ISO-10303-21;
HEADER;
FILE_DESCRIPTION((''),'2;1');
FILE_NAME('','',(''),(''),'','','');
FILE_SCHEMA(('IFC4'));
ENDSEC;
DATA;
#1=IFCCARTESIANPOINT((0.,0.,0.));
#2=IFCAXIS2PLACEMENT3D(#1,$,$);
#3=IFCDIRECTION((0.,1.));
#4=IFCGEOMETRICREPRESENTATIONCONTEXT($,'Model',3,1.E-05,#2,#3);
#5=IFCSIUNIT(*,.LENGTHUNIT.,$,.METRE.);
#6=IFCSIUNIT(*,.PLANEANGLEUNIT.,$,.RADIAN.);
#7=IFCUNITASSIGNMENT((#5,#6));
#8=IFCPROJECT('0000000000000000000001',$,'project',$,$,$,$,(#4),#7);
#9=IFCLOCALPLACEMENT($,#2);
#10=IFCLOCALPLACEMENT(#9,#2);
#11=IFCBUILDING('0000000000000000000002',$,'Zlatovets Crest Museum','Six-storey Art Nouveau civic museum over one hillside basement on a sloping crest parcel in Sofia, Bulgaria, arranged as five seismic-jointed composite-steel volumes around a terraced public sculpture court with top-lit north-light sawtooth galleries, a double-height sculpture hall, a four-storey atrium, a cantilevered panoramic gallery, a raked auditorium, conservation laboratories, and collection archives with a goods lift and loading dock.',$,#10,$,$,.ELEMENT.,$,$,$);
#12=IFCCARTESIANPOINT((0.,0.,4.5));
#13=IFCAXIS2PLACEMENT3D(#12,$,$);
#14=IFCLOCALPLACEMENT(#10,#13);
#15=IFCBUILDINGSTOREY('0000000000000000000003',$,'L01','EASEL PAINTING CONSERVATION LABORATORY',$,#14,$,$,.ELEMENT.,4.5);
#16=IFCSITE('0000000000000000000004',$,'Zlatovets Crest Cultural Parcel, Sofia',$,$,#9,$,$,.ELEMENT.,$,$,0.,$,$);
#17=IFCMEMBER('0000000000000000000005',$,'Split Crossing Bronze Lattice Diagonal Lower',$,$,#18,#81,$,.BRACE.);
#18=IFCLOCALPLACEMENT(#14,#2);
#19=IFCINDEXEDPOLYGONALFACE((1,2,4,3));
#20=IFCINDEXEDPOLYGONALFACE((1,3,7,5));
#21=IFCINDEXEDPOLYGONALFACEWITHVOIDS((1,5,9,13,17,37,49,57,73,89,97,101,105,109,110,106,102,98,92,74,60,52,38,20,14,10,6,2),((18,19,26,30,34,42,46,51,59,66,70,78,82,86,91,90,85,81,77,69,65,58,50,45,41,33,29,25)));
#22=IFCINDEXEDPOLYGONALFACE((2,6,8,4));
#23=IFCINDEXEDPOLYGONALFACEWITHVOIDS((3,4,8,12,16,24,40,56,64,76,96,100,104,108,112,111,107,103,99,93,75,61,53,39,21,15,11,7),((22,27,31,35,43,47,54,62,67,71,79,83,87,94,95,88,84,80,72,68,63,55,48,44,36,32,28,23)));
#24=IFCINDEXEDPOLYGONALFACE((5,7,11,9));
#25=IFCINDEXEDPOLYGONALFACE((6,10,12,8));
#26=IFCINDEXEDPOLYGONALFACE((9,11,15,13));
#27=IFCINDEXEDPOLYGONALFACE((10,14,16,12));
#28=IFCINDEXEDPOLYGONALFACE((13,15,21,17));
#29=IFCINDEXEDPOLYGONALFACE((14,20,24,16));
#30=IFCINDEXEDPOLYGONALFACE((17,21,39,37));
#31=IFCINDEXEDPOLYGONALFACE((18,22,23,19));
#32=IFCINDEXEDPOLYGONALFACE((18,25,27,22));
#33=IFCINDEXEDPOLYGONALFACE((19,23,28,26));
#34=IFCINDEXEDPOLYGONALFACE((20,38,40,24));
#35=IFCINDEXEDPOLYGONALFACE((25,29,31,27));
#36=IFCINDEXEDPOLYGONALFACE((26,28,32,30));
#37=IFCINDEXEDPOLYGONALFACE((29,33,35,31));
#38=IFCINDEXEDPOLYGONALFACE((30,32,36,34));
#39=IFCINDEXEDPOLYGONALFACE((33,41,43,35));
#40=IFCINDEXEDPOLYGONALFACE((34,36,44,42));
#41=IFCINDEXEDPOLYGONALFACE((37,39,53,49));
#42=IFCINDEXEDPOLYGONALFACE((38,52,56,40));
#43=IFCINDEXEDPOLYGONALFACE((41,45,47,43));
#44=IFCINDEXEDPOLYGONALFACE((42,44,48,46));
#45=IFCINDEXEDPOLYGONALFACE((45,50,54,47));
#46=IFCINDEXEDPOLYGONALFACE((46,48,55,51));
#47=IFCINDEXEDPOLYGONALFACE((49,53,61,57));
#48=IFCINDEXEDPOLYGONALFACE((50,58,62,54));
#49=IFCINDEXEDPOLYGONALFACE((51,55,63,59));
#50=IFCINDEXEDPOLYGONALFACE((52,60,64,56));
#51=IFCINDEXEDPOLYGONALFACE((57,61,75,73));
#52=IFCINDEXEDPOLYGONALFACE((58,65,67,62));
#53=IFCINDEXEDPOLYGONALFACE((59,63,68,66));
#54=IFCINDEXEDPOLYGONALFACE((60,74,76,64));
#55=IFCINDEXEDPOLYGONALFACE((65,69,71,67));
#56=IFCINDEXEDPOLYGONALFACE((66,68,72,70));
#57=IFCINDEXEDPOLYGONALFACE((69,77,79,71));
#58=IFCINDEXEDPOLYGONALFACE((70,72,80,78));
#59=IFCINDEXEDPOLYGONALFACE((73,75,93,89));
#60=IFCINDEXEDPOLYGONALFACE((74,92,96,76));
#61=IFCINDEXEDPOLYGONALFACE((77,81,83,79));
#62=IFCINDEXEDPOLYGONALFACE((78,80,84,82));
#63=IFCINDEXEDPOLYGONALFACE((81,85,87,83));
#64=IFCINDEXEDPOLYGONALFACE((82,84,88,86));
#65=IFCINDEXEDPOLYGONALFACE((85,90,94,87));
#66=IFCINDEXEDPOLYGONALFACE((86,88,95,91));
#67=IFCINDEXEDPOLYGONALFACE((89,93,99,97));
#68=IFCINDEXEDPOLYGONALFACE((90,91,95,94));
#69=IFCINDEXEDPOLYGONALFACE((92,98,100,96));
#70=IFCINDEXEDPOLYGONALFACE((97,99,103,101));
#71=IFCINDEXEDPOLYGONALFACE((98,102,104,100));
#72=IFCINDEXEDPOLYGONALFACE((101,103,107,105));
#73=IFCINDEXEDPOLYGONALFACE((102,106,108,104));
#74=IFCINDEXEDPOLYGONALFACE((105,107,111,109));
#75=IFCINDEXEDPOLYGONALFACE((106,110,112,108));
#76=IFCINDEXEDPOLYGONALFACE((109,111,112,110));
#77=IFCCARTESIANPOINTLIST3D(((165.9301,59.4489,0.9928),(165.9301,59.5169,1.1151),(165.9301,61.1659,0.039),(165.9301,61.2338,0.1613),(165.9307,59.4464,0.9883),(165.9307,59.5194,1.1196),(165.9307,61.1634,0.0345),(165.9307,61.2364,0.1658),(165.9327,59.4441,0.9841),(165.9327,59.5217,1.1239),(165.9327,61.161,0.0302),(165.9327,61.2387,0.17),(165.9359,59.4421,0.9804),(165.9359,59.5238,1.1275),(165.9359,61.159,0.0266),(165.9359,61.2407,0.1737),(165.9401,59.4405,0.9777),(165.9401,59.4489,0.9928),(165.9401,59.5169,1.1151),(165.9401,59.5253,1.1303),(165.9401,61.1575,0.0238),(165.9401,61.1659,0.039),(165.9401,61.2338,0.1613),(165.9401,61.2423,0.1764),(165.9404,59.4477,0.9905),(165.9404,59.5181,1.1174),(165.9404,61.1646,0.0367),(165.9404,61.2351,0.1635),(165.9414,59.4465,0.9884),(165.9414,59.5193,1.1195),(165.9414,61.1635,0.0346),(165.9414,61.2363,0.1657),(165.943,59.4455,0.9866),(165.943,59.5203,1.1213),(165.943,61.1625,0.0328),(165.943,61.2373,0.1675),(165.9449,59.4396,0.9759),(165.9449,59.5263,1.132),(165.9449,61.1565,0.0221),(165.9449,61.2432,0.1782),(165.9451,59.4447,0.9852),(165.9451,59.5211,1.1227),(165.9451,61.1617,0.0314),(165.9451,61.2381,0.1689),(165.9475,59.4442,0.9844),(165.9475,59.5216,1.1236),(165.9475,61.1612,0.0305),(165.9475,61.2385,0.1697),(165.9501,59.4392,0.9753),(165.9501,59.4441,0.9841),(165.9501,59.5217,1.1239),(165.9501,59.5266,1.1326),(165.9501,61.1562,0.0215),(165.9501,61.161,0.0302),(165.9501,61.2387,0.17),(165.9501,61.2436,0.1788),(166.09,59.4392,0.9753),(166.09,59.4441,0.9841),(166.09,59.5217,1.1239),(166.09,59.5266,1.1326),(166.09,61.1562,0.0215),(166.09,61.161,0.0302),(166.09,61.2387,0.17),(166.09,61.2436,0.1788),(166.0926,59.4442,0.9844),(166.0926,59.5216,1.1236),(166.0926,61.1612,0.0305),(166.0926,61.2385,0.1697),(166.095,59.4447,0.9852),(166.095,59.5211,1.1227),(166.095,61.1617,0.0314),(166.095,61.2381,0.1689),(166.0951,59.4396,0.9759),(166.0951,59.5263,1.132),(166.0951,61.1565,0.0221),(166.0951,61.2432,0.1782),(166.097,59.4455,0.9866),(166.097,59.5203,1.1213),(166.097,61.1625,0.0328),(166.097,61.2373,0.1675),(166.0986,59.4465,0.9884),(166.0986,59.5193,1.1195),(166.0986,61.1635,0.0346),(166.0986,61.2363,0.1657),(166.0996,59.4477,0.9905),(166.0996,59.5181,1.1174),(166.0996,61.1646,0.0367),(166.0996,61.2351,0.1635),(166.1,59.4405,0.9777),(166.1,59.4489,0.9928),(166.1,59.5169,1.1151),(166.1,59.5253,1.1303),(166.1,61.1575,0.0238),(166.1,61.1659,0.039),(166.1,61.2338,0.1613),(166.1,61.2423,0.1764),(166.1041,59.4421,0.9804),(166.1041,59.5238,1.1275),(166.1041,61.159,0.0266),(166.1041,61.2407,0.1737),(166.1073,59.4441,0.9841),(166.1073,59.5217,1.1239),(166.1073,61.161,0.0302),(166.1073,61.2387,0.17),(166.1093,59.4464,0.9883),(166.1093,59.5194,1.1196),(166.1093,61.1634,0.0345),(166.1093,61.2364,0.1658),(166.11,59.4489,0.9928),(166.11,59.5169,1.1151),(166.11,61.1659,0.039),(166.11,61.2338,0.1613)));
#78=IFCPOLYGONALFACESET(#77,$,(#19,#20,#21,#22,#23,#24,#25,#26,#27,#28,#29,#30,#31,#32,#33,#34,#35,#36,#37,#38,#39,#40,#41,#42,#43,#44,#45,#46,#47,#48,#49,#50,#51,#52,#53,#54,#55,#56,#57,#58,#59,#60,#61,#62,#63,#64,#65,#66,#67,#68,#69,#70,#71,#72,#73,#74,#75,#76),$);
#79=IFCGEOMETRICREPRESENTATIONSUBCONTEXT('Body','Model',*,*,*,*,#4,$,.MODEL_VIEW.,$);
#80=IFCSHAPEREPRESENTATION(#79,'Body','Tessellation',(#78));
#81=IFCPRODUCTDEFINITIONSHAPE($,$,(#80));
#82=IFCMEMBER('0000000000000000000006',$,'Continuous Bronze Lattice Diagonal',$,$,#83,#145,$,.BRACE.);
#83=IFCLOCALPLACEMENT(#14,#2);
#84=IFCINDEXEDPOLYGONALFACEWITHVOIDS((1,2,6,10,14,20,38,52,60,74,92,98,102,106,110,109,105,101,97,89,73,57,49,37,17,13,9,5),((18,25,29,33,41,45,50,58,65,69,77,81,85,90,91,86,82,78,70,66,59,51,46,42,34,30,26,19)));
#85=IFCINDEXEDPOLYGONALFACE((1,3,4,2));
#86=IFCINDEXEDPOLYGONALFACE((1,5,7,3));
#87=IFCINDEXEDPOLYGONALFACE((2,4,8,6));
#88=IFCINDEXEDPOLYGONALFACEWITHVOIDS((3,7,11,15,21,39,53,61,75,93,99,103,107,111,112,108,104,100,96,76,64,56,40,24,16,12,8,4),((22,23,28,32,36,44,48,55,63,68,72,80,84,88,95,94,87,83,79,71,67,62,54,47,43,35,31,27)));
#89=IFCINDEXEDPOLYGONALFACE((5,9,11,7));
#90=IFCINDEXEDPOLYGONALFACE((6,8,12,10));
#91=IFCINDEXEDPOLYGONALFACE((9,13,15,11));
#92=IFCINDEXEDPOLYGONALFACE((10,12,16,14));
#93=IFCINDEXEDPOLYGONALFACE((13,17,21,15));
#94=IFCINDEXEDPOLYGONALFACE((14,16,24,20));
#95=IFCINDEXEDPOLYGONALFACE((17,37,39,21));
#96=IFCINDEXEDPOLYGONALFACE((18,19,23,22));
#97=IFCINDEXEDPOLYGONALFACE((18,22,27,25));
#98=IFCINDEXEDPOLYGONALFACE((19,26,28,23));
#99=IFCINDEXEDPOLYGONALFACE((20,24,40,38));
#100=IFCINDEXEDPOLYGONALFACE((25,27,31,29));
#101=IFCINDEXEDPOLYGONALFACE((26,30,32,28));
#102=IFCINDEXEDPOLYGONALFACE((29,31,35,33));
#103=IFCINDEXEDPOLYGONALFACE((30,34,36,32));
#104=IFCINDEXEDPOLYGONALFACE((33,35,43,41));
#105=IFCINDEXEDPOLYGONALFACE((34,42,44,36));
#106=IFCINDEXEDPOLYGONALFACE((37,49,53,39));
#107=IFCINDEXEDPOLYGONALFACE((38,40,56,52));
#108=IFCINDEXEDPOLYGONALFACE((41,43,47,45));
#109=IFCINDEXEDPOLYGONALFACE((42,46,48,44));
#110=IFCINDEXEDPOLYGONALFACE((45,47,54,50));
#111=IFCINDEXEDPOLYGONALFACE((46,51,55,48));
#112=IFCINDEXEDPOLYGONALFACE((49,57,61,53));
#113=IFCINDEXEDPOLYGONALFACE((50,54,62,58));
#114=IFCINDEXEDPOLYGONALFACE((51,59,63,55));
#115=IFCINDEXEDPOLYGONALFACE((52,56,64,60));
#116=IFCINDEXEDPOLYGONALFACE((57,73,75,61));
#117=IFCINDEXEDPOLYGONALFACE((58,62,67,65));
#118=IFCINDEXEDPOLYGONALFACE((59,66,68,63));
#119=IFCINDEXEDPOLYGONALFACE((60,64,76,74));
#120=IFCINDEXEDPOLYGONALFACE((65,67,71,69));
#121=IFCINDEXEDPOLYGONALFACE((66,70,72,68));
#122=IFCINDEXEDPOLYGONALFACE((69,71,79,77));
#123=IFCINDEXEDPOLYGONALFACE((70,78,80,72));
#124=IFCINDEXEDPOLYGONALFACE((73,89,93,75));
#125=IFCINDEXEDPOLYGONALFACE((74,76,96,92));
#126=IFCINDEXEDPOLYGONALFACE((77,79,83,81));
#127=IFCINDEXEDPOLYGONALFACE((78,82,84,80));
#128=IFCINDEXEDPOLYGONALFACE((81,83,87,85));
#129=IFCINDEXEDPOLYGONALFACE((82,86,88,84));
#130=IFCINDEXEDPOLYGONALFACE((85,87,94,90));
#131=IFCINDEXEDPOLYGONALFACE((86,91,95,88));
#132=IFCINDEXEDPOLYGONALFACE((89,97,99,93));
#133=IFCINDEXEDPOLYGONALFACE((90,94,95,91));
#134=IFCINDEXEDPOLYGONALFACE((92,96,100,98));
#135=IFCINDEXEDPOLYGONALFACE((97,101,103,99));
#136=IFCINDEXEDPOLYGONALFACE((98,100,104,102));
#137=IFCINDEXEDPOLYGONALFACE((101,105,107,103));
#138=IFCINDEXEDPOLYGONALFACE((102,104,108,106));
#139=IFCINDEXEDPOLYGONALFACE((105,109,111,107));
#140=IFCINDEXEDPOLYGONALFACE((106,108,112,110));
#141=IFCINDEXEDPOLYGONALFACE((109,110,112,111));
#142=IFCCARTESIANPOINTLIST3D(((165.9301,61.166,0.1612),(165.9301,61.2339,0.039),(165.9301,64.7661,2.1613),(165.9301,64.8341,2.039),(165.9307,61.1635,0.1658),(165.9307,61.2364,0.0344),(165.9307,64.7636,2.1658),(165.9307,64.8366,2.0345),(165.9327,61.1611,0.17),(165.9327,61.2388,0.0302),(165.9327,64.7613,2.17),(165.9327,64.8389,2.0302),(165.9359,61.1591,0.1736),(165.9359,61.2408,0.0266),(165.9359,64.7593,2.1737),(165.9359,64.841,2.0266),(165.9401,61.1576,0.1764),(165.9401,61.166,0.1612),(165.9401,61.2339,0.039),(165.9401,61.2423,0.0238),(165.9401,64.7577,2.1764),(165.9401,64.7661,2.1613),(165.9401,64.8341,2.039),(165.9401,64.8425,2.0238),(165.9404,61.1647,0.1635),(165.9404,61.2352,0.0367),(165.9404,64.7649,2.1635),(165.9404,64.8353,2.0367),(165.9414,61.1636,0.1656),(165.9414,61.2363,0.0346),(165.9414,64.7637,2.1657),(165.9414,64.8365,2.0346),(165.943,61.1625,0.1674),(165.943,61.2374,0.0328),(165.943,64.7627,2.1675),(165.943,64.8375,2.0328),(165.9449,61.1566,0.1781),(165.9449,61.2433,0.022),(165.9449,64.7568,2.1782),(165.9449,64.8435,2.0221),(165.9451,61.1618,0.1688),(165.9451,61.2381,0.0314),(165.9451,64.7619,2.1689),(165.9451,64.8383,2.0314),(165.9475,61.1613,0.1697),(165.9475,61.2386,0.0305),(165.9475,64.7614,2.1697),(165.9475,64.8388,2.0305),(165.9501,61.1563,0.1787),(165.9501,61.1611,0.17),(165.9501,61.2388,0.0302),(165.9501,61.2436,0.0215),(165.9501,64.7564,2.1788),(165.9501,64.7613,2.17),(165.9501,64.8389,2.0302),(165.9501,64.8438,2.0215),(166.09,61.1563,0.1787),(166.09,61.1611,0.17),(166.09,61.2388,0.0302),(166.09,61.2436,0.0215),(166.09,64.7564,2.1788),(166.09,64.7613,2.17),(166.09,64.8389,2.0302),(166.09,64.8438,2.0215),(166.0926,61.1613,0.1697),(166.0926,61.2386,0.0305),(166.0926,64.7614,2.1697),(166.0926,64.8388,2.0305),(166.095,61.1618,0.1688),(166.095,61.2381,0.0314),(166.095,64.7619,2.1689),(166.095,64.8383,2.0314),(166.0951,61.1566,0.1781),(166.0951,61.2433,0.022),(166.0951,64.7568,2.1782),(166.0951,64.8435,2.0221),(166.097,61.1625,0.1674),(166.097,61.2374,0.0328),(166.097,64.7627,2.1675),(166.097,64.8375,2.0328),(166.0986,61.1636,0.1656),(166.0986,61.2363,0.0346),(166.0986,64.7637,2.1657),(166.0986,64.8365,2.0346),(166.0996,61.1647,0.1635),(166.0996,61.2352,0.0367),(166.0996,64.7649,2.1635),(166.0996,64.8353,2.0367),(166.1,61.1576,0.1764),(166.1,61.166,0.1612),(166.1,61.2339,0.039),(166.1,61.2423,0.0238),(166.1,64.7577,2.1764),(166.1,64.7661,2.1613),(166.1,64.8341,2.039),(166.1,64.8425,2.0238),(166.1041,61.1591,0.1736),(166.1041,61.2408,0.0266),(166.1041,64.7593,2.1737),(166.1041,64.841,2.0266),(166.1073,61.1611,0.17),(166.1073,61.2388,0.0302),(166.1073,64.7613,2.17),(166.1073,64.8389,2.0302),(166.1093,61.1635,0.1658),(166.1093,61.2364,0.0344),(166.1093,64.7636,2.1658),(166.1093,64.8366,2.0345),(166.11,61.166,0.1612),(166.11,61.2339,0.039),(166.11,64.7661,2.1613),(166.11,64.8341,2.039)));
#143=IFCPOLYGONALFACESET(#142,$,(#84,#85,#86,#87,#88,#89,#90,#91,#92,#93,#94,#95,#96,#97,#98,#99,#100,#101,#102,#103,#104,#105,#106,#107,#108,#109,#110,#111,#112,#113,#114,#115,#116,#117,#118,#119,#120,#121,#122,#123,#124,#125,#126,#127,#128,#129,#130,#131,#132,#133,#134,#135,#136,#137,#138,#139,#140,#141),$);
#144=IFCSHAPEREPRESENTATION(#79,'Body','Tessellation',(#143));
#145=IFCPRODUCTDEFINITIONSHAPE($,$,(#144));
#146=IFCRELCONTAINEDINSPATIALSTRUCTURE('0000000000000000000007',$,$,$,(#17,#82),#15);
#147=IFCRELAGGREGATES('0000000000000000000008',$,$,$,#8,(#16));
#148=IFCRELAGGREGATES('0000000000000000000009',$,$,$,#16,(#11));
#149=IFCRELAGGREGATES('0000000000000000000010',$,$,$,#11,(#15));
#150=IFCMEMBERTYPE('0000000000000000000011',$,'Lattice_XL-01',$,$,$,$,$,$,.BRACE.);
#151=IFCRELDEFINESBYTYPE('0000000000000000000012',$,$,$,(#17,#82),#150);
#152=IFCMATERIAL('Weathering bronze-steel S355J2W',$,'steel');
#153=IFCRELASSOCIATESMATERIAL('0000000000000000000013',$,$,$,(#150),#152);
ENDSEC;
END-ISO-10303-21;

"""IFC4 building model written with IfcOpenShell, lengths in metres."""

from ifc_helpers import new_model, si_unit, direction, frame, origin, origin_2d, place, context, subcontext, project, spatial, hollow_rectangle, extrude, material, material_profile, profile_set, type_object, element, save


model = new_model("IFC4")

# Units and contexts
model_context = context("Model", 3, precision=1e-05, world=origin(), true_north=direction((0.0, 1.0)))
body_context = subcontext(model_context, "Body", "Model", "MODEL_VIEW")
ifc_project = project(units=[si_unit("LENGTHUNIT", "METRE"), si_unit("PLANEANGLEUNIT", "RADIAN")], contexts=[model_context])

# Site, building, storey
site_placement = place(None, origin())
site = spatial("IfcSite", under=ifc_project, at=site_placement, Name="Zlatovets Crest Cultural Parcel, Sofia", CompositionType="ELEMENT", RefElevation=0.0)
building_placement = place(site_placement, origin())
building = spatial("IfcBuilding", under=site, at=building_placement, Name="Zlatovets Crest Museum", Description="Six-storey Art Nouveau civic museum over one hillside basement on a sloping crest parcel in Sofia, Bulgaria, arranged as five seismic-jointed composite-steel volumes around a terraced public sculpture court with top-lit north-light sawtooth galleries, a double-height sculpture hall, a four-storey atrium, a cantilevered panoramic gallery, a raked auditorium, conservation laboratories, and collection archives with a goods lift and loading dock.", CompositionType="ELEMENT")
storey_placement = place(building_placement, frame((0.0, 0.0, 4.5)))
storey = spatial("IfcBuildingStorey", under=building, at=storey_placement, Name="L01", Description="EASEL PAINTING CONSERVATION LABORATORY", CompositionType="ELEMENT", Elevation=4.5)

# Members
ifc_material_1 = material(Name="Weathering bronze-steel S355J2W", Category="steel")
ifc_material_profile_1 = material_profile(ifc_material_1, hollow_rectangle(XDim=0.1799, YDim=0.1799, WallThickness=0.01, InnerFilletRadius=0.01, OuterFilletRadius=0.02, at=origin_2d()), Name="SHS 180x180x10.0")
ifc_profile_set_1 = profile_set([ifc_material_profile_1], Name="Weathering bronze-steel S355J2W")
member_type_1 = type_object("IfcMemberType", Name="Lattice_XL-01", PredefinedType="BRACE", material=ifc_profile_set_1)
for number, where, z_axis, x_axis, name in (
    (1, (166.02, 59.4829, 1.054), (0.0, 0.874169, -0.485622), (-1.0, 0.0, 0.0), "Split Crossing Bronze Lattice Diagonal Lower"),
):
    element("IfcMember", number, at=place(storey_placement, frame(where, z_axis=z_axis, x_axis=x_axis)), inside=storey, type_object=member_type_1, Name=name, PredefinedType="BRACE", context=body_context, shape_type="SweptSolid", body=[
        extrude(hollow_rectangle(XDim=0.1799, YDim=0.1799, WallThickness=0.01, InnerFilletRadius=0.01, OuterFilletRadius=0.02, at=origin_2d()), origin(), (0.0, 0.0, 1.0), 1.9641),
    ])
member_1_placement = place(storey_placement, frame((166.02, 61.2, 0.1001), z_axis=(0.0, 0.874163, 0.485633), x_axis=(-1.0, 0.0, 0.0)))
element("IfcMember", 2, at=member_1_placement, inside=storey, type_object=member_type_1, Name="Continuous Bronze Lattice Diagonal", PredefinedType="BRACE", context=body_context, shape_type="SweptSolid", body=[
    extrude(hollow_rectangle(XDim=0.1799, YDim=0.1799, WallThickness=0.01, InnerFilletRadius=0.01, OuterFilletRadius=0.02, at=origin_2d()), origin(), (0.0, 0.0, 1.0), 4.1184),
])

save(model, "model.ifc")
